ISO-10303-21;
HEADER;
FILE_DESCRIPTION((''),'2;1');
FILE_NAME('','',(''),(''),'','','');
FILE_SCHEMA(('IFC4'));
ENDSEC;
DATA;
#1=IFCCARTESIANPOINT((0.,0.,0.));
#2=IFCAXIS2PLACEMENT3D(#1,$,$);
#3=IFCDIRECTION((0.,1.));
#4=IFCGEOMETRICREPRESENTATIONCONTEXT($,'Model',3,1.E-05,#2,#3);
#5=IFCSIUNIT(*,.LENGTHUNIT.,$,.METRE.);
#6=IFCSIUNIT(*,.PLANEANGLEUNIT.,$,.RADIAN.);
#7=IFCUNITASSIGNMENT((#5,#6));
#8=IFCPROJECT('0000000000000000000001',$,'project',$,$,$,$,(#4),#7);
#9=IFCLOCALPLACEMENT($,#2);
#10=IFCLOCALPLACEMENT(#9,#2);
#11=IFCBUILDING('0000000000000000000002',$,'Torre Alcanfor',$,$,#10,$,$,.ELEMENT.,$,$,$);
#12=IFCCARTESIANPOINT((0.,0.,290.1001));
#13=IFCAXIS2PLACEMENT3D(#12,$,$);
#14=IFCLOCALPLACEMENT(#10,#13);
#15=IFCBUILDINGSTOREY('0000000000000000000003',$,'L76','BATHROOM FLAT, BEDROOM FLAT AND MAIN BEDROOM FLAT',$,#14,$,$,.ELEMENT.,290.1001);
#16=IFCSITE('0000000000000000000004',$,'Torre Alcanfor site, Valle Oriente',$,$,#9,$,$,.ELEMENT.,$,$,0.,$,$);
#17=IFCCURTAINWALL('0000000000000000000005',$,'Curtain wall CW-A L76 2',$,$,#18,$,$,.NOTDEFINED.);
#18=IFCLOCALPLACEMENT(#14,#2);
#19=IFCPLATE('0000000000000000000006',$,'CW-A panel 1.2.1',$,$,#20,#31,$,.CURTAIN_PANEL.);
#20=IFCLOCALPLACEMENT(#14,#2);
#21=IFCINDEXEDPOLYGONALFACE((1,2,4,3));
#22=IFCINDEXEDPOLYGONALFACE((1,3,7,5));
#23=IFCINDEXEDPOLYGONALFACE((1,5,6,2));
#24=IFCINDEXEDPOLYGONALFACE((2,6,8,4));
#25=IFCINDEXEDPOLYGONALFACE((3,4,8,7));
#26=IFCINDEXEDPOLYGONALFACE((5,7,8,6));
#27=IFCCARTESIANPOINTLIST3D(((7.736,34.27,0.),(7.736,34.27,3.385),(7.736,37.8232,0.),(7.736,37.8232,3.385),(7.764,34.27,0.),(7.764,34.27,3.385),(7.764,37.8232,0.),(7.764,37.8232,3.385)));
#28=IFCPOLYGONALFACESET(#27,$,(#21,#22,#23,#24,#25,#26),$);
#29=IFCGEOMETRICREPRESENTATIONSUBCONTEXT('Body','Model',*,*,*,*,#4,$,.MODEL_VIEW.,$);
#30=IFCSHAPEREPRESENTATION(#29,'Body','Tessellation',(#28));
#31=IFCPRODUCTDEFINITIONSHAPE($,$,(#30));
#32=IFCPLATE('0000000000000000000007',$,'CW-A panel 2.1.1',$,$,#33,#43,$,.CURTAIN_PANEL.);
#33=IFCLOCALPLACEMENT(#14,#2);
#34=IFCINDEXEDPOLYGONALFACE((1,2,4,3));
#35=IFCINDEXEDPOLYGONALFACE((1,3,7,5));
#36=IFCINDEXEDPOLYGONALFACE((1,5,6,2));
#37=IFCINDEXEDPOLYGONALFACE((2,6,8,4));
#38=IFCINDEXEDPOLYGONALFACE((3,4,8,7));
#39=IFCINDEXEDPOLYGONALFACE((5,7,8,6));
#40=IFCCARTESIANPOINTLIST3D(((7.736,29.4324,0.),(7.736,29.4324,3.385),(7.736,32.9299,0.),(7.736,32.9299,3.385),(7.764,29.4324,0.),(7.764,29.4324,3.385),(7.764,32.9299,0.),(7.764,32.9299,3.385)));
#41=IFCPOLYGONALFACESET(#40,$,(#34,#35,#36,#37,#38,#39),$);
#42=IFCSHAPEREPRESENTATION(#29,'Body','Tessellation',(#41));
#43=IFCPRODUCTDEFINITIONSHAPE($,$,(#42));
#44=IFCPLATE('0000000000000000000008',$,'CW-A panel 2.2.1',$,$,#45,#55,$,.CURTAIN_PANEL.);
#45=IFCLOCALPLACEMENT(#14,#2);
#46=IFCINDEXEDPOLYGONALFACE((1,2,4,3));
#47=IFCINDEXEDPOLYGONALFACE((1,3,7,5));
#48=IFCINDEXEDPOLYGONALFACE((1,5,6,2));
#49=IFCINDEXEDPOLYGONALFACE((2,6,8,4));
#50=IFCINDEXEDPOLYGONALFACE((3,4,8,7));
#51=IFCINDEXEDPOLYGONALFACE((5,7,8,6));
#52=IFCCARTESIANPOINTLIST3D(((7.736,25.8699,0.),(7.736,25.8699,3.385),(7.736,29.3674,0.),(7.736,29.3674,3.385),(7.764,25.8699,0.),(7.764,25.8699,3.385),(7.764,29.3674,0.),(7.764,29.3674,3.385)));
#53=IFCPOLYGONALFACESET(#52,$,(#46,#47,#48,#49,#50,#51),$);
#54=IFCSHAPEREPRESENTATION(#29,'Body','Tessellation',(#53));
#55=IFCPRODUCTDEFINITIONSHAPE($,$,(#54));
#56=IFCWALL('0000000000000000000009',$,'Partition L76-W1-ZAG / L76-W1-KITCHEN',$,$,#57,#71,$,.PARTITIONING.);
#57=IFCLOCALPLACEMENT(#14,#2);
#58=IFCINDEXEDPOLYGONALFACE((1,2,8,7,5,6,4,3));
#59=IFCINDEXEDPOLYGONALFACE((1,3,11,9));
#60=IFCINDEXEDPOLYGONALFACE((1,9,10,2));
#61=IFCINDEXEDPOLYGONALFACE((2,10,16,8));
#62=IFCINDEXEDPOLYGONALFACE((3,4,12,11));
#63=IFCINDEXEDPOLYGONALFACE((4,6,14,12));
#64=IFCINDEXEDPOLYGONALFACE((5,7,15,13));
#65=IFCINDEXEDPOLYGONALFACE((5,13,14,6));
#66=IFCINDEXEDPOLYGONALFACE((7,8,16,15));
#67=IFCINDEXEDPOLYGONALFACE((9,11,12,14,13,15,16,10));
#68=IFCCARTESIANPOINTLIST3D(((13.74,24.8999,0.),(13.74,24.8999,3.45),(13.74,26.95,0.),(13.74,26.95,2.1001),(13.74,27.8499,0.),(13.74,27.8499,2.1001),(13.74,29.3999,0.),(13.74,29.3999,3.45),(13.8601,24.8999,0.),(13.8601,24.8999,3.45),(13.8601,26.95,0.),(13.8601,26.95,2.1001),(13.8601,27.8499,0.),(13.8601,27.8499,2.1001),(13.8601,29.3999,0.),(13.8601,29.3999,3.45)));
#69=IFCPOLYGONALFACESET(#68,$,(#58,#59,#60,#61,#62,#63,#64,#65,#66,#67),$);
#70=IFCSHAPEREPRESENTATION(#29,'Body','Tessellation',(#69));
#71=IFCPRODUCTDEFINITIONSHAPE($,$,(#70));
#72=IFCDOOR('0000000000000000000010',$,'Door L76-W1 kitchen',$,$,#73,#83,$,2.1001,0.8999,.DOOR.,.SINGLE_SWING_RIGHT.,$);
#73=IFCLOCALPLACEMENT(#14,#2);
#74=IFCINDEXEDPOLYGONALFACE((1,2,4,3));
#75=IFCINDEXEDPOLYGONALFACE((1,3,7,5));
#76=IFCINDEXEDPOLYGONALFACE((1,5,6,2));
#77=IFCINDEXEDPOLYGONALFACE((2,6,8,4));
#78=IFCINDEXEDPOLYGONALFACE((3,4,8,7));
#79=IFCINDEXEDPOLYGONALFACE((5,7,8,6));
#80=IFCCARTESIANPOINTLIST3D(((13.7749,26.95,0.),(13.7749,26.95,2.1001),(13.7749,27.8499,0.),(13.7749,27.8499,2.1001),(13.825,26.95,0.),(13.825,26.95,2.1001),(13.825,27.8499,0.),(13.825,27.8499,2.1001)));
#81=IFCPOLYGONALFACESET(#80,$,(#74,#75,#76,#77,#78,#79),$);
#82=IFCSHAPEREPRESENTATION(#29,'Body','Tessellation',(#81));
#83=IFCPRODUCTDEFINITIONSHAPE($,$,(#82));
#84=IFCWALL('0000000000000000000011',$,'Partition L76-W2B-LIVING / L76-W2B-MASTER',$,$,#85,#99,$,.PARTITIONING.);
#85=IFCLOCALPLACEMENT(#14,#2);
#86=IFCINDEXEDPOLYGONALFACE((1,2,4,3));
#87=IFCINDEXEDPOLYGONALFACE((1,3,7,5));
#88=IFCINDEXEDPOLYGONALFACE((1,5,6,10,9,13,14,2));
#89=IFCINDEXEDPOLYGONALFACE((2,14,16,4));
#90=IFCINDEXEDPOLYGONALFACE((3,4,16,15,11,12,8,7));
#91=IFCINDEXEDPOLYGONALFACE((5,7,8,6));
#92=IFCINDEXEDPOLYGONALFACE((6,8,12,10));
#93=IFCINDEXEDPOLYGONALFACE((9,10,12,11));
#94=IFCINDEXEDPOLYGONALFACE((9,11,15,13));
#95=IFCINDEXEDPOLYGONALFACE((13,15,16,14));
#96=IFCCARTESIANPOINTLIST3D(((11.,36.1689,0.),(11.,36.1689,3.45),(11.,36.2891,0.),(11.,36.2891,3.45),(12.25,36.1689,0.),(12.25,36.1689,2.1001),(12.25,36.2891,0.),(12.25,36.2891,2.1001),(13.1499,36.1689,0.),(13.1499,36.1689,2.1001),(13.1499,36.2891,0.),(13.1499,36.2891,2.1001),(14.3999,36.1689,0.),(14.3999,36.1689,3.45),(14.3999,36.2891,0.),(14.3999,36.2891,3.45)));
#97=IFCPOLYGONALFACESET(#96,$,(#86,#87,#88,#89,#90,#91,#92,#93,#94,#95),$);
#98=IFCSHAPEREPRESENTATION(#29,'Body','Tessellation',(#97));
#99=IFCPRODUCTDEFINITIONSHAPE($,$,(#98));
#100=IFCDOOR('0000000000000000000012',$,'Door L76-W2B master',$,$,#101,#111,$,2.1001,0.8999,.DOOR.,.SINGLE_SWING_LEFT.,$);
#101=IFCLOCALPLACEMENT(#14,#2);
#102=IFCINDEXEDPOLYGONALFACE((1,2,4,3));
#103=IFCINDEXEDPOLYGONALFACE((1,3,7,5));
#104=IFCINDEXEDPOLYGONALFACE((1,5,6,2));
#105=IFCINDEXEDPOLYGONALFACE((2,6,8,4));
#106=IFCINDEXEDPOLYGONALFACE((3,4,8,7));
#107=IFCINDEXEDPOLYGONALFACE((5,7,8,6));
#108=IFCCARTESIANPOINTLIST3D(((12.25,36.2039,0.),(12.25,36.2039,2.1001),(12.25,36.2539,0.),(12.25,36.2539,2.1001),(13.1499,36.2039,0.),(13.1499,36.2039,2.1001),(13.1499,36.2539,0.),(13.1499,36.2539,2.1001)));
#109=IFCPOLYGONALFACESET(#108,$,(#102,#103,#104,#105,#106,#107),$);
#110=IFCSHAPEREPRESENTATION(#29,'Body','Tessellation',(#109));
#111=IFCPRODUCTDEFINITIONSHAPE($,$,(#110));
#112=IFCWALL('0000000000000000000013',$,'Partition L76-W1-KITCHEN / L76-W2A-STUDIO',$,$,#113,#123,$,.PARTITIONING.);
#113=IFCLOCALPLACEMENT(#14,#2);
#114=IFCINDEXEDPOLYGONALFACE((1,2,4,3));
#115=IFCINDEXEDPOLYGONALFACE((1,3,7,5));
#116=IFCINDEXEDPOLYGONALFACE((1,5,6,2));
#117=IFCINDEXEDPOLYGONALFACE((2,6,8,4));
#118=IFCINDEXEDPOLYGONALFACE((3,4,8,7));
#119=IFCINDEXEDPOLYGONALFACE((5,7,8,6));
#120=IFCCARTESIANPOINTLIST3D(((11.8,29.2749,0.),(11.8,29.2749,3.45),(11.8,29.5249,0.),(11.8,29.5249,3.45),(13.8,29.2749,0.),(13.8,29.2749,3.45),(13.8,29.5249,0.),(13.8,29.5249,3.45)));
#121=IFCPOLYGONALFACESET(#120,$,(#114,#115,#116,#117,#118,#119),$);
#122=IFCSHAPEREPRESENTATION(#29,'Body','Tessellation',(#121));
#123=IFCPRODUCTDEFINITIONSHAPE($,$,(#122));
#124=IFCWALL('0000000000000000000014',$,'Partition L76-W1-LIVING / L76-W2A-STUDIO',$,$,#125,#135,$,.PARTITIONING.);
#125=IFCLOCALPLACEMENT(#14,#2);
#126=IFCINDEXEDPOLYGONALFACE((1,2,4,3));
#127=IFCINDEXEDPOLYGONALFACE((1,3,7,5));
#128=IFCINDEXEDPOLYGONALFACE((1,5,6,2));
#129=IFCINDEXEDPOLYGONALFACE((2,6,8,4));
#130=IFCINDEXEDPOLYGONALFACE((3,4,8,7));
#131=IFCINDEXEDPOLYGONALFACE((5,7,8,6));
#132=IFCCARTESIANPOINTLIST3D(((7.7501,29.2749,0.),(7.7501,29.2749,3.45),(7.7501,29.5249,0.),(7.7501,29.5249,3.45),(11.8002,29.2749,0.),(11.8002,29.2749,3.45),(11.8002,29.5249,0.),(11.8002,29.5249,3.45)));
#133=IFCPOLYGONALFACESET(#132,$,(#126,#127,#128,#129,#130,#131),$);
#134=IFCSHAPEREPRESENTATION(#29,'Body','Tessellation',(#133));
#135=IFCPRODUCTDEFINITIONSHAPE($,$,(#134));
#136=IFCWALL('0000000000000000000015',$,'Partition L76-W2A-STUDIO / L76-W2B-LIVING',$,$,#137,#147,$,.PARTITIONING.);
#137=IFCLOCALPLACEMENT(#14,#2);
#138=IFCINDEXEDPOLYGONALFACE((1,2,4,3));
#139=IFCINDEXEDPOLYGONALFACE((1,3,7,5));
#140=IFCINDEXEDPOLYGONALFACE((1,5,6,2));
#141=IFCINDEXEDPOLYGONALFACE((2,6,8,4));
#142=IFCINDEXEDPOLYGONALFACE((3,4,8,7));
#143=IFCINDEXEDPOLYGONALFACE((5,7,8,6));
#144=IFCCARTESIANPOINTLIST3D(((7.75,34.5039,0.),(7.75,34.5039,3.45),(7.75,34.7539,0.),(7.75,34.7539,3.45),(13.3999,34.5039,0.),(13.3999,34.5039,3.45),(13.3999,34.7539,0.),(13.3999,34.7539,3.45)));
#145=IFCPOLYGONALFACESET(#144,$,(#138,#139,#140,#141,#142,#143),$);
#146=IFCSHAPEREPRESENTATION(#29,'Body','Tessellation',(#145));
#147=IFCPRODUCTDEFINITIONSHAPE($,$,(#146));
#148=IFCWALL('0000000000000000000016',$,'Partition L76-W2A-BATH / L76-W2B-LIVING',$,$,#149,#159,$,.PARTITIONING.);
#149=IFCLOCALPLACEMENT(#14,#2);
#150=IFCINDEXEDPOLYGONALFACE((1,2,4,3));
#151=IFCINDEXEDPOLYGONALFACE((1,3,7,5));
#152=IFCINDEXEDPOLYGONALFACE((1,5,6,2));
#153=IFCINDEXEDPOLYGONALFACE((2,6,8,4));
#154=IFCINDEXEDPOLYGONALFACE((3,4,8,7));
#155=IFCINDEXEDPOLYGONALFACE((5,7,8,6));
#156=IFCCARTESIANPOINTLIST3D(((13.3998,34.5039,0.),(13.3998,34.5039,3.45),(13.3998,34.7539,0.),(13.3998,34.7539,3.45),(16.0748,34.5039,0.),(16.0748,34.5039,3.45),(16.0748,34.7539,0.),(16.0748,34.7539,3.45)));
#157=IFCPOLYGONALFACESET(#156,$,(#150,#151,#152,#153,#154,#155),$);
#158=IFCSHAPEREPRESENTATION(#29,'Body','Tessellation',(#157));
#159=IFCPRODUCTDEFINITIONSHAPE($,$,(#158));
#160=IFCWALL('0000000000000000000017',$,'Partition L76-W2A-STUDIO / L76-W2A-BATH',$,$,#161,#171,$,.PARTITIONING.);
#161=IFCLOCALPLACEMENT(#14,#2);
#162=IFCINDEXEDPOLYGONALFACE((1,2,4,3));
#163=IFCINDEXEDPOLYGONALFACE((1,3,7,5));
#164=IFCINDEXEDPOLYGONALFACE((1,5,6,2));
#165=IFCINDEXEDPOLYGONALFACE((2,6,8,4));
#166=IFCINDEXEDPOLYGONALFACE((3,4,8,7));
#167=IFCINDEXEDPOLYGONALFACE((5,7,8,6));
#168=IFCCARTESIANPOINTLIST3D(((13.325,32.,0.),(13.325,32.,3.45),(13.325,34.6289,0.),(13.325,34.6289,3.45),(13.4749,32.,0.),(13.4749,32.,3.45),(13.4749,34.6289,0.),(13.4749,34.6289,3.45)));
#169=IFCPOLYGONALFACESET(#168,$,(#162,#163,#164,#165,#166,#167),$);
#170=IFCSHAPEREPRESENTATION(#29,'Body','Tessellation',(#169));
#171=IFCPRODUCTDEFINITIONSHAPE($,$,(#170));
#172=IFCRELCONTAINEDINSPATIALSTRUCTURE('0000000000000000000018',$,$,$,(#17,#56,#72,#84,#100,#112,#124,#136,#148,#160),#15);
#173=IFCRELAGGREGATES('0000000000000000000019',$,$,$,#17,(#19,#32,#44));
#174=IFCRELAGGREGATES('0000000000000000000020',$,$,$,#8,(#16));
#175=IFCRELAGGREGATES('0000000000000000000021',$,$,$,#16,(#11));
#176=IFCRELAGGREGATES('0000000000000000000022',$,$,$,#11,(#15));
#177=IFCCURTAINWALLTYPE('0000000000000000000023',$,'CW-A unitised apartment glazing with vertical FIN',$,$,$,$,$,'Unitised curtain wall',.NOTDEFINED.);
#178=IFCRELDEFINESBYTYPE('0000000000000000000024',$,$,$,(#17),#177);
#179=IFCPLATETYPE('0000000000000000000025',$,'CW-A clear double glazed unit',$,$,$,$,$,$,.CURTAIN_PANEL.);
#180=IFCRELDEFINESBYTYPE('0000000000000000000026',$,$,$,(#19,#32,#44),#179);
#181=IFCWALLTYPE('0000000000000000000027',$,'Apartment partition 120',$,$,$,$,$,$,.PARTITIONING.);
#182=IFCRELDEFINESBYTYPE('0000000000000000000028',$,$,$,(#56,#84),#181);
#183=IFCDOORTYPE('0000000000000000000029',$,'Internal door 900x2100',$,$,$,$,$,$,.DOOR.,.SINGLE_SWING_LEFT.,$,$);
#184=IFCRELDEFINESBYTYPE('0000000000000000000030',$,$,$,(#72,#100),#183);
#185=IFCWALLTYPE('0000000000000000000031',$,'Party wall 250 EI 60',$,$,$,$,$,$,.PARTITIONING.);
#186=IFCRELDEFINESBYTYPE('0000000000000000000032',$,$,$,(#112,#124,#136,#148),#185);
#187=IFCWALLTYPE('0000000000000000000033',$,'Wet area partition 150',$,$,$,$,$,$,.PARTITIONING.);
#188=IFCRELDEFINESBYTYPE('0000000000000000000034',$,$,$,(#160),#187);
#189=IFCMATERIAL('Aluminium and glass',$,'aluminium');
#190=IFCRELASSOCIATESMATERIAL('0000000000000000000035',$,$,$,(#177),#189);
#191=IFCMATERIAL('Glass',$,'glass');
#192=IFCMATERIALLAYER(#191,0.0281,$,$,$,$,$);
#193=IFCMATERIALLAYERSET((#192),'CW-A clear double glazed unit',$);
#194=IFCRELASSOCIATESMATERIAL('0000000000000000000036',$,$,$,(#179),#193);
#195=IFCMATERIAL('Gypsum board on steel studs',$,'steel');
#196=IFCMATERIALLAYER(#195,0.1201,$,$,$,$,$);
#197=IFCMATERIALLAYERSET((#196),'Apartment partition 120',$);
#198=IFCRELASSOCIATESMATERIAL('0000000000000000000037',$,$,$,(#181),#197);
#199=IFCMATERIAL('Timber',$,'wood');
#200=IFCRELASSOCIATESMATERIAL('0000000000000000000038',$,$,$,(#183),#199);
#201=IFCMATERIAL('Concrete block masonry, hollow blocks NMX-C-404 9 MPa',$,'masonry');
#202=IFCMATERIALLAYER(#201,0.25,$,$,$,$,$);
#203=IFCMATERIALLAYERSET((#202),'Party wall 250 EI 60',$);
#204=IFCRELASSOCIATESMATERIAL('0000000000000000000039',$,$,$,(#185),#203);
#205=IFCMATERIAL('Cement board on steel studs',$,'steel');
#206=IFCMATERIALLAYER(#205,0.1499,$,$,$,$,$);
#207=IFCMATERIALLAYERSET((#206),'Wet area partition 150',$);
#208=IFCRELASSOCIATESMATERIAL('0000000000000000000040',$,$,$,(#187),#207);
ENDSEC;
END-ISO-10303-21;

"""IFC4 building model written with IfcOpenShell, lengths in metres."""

from ifc_helpers import new_model, si_unit, direction, frame, frame_2d, origin, origin_2d, place, context, subcontext, project, spatial, rectangle, extrude, material, layer, layer_set, type_object, element, fill, aggregate, save


model = new_model("IFC4")

# Units and contexts
model_context = context("Model", 3, precision=1e-05, world=origin(), true_north=direction((0.0, 1.0)))
body_context = subcontext(model_context, "Body", "Model", "MODEL_VIEW")
ifc_project = project(units=[si_unit("LENGTHUNIT", "METRE"), si_unit("PLANEANGLEUNIT", "RADIAN")], contexts=[model_context])

# Site, building, storey
site_placement = place(None, origin())
site = spatial("IfcSite", under=ifc_project, at=site_placement, Name="Torre Alcanfor site, Valle Oriente", CompositionType="ELEMENT", RefElevation=0.0)
building_placement = place(site_placement, origin())
building = spatial("IfcBuilding", under=site, at=building_placement, Name="Torre Alcanfor", CompositionType="ELEMENT")
storey_placement = place(building_placement, frame((0.0, 0.0, 290.1001)))
storey = spatial("IfcBuildingStorey", under=building, at=storey_placement, Name="L76", Description="BATHROOM FLAT, BEDROOM FLAT AND MAIN BEDROOM FLAT", CompositionType="ELEMENT", Elevation=290.1001)

# Curtain wall
ifc_material_1 = material(Name="Aluminium and glass", Category="aluminium")
curtain_wall_type = type_object("IfcCurtainWallType", Name="CW-A unitised apartment glazing with vertical FIN", ElementType="Unitised curtain wall", PredefinedType="NOTDEFINED", material=ifc_material_1)
curtain_wall_placement = place(storey_placement, origin())
curtain_wall = element("IfcCurtainWall", 1, at=curtain_wall_placement, inside=storey, type_object=curtain_wall_type, Name="Curtain wall CW-A L76 2", PredefinedType="NOTDEFINED")

# Plates
ifc_material_2 = material(Name="Glass", Category="glass")
ifc_layer_1 = layer(ifc_material_2, 0.0281)
ifc_layer_set_1 = layer_set([ifc_layer_1], Name="CW-A clear double glazed unit")
plate_type = type_object("IfcPlateType", Name="CW-A clear double glazed unit", PredefinedType="CURTAIN_PANEL", material=ifc_layer_set_1)
plate_1_placement = place(storey_placement, frame((7.75, 36.0466, 0.0), z_axis=(0.0, 0.0, 1.0), x_axis=(0.0, -1.0, 0.0)))
plate_1 = element("IfcPlate", 2, at=plate_1_placement, type_object=plate_type, Name="CW-A panel 1.2.1", PredefinedType="CURTAIN_PANEL", context=body_context, shape_type="SweptSolid", body=[
    extrude(rectangle(XDim=3.5532, YDim=0.0281, at=origin_2d()), origin(), (0.0, 0.0, 1.0), 3.385),
])
plate_2_placement = place(storey_placement, frame((7.75, 31.1812, 0.0), z_axis=(0.0, 0.0, 1.0), x_axis=(0.0, -1.0, 0.0)))
plate_2 = element("IfcPlate", 3, at=plate_2_placement, type_object=plate_type, Name="CW-A panel 2.1.1", PredefinedType="CURTAIN_PANEL", context=body_context, shape_type="SweptSolid", body=[
    extrude(rectangle(XDim=3.4976, YDim=0.0281, at=origin_2d()), origin(), (0.0, 0.0, 1.0), 3.385),
])
plate_3_placement = place(storey_placement, frame((7.75, 27.6187, 0.0), z_axis=(0.0, 0.0, 1.0), x_axis=(0.0, -1.0, 0.0)))
plate_3 = element("IfcPlate", 4, at=plate_3_placement, type_object=plate_type, Name="CW-A panel 2.2.1", PredefinedType="CURTAIN_PANEL", context=body_context, shape_type="SweptSolid", body=[
    extrude(rectangle(XDim=3.4976, YDim=0.0281, at=origin_2d()), origin(), (0.0, 0.0, 1.0), 3.385),
])
aggregate(curtain_wall, [plate_1, plate_2, plate_3])

# Walls, openings, doors
ifc_material_3 = material(Name="Gypsum board on steel studs", Category="steel")
ifc_layer_2 = layer(ifc_material_3, 0.1201)
ifc_layer_set_2 = layer_set([ifc_layer_2], Name="Apartment partition 120")
wall_type_1 = type_object("IfcWallType", Name="Apartment partition 120", PredefinedType="PARTITIONING", material=ifc_layer_set_2)
wall_1_placement = place(storey_placement, frame((13.8, 29.3999, 0.0), z_axis=(0.0, 0.0, 1.0), x_axis=(0.0, -1.0, 0.0)))
wall_1 = element("IfcWall", 5, at=wall_1_placement, inside=storey, type_object=wall_type_1, Name="Partition L76-W1-ZAG / L76-W1-KITCHEN", PredefinedType="PARTITIONING", context=body_context, shape_type="SweptSolid", body=[
    extrude(rectangle(XDim=4.5, YDim=0.1201, at=frame_2d((2.25, 0.0))), origin(), (0.0, 0.0, 1.0), 3.45),
])
opening_1_placement = place(wall_1_placement, frame((1.55, 0.0, 0.0)))
opening_1 = element("IfcOpeningElement", 6, at=opening_1_placement, cuts=wall_1, PredefinedType="OPENING", context=body_context, shape_type="SweptSolid", body=[
    extrude(rectangle(XDim=0.8999, YDim=2.1001, at=frame_2d((0.45, 1.05))), frame((0.0, 0.0701, 0.0), z_axis=(0.0, -1.0, 0.0), x_axis=(1.0, 0.0, 0.0)), (0.0, 0.0, 1.0), 0.1401),
])
ifc_material_4 = material(Name="Timber", Category="wood")
door_type_1 = type_object("IfcDoorType", Name="Internal door 900x2100", OperationType="SINGLE_SWING_LEFT", PredefinedType="DOOR", material=ifc_material_4)
door_1_placement = place(opening_1_placement, frame((0.8999, 0.0, 0.0), z_axis=(0.0, 0.0, 1.0), x_axis=(-1.0, 0.0, 0.0)))
door_1 = element("IfcDoor", 7, at=door_1_placement, inside=storey, type_object=door_type_1, Name="Door L76-W1 kitchen", OperationType="SINGLE_SWING_RIGHT", OverallHeight=2.1001, OverallWidth=0.8999, PredefinedType="DOOR", context=body_context, shape_type="SweptSolid", body=[
    extrude(rectangle(XDim=0.8999, YDim=2.1001, at=frame_2d((0.45, 1.05))), frame((0.0, 0.0251, 0.0), z_axis=(0.0, -1.0, 0.0), x_axis=(1.0, 0.0, 0.0)), (0.0, 0.0, 1.0), 0.05),
])
fill(opening_1, door_1)
wall_2_placement = place(storey_placement, frame((11.0, 36.229, 0.0), z_axis=(0.0, 0.0, 1.0), x_axis=(1.0, 0.0, 0.0)))
wall_2 = element("IfcWall", 8, at=wall_2_placement, inside=storey, type_object=wall_type_1, Name="Partition L76-W2B-LIVING / L76-W2B-MASTER", PredefinedType="PARTITIONING", context=body_context, shape_type="SweptSolid", body=[
    extrude(rectangle(XDim=3.3999, YDim=0.1201, at=frame_2d((1.7, 0.0))), origin(), (0.0, 0.0, 1.0), 3.45),
])
opening_2_placement = place(wall_2_placement, frame((1.25, 0.0, 0.0)))
opening_2 = element("IfcOpeningElement", 9, at=opening_2_placement, cuts=wall_2, PredefinedType="OPENING", context=body_context, shape_type="SweptSolid", body=[
    extrude(rectangle(XDim=0.8999, YDim=2.1001, at=frame_2d((0.45, 1.05))), frame((0.0, 0.0701, 0.0), z_axis=(0.0, -1.0, 0.0), x_axis=(1.0, 0.0, 0.0)), (0.0, 0.0, 1.0), 0.1401),
])
door_2_placement = place(opening_2_placement, origin())
door_2 = element("IfcDoor", 10, at=door_2_placement, inside=storey, type_object=door_type_1, Name="Door L76-W2B master", OperationType="SINGLE_SWING_LEFT", OverallHeight=2.1001, OverallWidth=0.8999, PredefinedType="DOOR", context=body_context, shape_type="SweptSolid", body=[
    extrude(rectangle(XDim=0.8999, YDim=2.1001, at=frame_2d((0.45, 1.05))), frame((0.0, 0.0249, 0.0), z_axis=(0.0, -1.0, 0.0), x_axis=(1.0, 0.0, 0.0)), (0.0, 0.0, 1.0), 0.05),
])
fill(opening_2, door_2)

# Walls
ifc_material_5 = material(Name="Concrete block masonry, hollow blocks NMX-C-404 9 MPa", Category="masonry")
ifc_layer_3 = layer(ifc_material_5, 0.25)
ifc_layer_set_3 = layer_set([ifc_layer_3], Name="Party wall 250 EI 60")
wall_type_2 = type_object("IfcWallType", Name="Party wall 250 EI 60", PredefinedType="PARTITIONING", material=ifc_layer_set_3)
wall_3_placement = place(storey_placement, frame((13.8, 29.3999, 0.0), z_axis=(0.0, 0.0, 1.0), x_axis=(-1.0, 0.0, 0.0)))
element("IfcWall", 11, at=wall_3_placement, inside=storey, type_object=wall_type_2, Name="Partition L76-W1-KITCHEN / L76-W2A-STUDIO", PredefinedType="PARTITIONING", context=body_context, shape_type="SweptSolid", body=[
    extrude(rectangle(XDim=2.0, YDim=0.25, at=frame_2d((1.0, 0.0))), origin(), (0.0, 0.0, 1.0), 3.45),
])
wall_4_placement = place(storey_placement, frame((11.8, 29.3999, 0.0), z_axis=(0.0, 0.0, 1.0), x_axis=(-1.0, 0.0, 0.0)))
element("IfcWall", 12, at=wall_4_placement, inside=storey, type_object=wall_type_2, Name="Partition L76-W1-LIVING / L76-W2A-STUDIO", PredefinedType="PARTITIONING", context=body_context, shape_type="SweptSolid", body=[
    extrude(rectangle(XDim=4.05, YDim=0.25, at=frame_2d((2.0249, 0.0))), origin(), (0.0, 0.0, 1.0), 3.45),
])
wall_5_placement = place(storey_placement, frame((7.75, 34.6289, 0.0), z_axis=(0.0, 0.0, 1.0), x_axis=(1.0, 0.0, 0.0)))
element("IfcWall", 13, at=wall_5_placement, inside=storey, type_object=wall_type_2, Name="Partition L76-W2A-STUDIO / L76-W2B-LIVING", PredefinedType="PARTITIONING", context=body_context, shape_type="SweptSolid", body=[
    extrude(rectangle(XDim=5.6499, YDim=0.25, at=frame_2d((2.825, 0.0))), origin(), (0.0, 0.0, 1.0), 3.45),
])
wall_6_placement = place(storey_placement, frame((13.3999, 34.6289, 0.0), z_axis=(0.0, 0.0, 1.0), x_axis=(1.0, 0.0, 0.0)))
element("IfcWall", 14, at=wall_6_placement, inside=storey, type_object=wall_type_2, Name="Partition L76-W2A-BATH / L76-W2B-LIVING", PredefinedType="PARTITIONING", context=body_context, shape_type="SweptSolid", body=[
    extrude(rectangle(XDim=2.675, YDim=0.25, at=frame_2d((1.3374, 0.0))), origin(), (0.0, 0.0, 1.0), 3.45),
])
ifc_material_6 = material(Name="Cement board on steel studs", Category="steel")
ifc_layer_4 = layer(ifc_material_6, 0.1499)
ifc_layer_set_4 = layer_set([ifc_layer_4], Name="Wet area partition 150")
wall_type_3 = type_object("IfcWallType", Name="Wet area partition 150", PredefinedType="PARTITIONING", material=ifc_layer_set_4)
wall_7_placement = place(storey_placement, frame((13.3999, 34.6289, 0.0), z_axis=(0.0, 0.0, 1.0), x_axis=(0.0, -1.0, 0.0)))
element("IfcWall", 15, at=wall_7_placement, inside=storey, type_object=wall_type_3, Name="Partition L76-W2A-STUDIO / L76-W2A-BATH", PredefinedType="PARTITIONING", context=body_context, shape_type="SweptSolid", body=[
    extrude(rectangle(XDim=2.6289, YDim=0.1499, at=frame_2d((1.3145, 0.0))), origin(), (0.0, 0.0, 1.0), 3.45),
])

save(model, "model.ifc")
